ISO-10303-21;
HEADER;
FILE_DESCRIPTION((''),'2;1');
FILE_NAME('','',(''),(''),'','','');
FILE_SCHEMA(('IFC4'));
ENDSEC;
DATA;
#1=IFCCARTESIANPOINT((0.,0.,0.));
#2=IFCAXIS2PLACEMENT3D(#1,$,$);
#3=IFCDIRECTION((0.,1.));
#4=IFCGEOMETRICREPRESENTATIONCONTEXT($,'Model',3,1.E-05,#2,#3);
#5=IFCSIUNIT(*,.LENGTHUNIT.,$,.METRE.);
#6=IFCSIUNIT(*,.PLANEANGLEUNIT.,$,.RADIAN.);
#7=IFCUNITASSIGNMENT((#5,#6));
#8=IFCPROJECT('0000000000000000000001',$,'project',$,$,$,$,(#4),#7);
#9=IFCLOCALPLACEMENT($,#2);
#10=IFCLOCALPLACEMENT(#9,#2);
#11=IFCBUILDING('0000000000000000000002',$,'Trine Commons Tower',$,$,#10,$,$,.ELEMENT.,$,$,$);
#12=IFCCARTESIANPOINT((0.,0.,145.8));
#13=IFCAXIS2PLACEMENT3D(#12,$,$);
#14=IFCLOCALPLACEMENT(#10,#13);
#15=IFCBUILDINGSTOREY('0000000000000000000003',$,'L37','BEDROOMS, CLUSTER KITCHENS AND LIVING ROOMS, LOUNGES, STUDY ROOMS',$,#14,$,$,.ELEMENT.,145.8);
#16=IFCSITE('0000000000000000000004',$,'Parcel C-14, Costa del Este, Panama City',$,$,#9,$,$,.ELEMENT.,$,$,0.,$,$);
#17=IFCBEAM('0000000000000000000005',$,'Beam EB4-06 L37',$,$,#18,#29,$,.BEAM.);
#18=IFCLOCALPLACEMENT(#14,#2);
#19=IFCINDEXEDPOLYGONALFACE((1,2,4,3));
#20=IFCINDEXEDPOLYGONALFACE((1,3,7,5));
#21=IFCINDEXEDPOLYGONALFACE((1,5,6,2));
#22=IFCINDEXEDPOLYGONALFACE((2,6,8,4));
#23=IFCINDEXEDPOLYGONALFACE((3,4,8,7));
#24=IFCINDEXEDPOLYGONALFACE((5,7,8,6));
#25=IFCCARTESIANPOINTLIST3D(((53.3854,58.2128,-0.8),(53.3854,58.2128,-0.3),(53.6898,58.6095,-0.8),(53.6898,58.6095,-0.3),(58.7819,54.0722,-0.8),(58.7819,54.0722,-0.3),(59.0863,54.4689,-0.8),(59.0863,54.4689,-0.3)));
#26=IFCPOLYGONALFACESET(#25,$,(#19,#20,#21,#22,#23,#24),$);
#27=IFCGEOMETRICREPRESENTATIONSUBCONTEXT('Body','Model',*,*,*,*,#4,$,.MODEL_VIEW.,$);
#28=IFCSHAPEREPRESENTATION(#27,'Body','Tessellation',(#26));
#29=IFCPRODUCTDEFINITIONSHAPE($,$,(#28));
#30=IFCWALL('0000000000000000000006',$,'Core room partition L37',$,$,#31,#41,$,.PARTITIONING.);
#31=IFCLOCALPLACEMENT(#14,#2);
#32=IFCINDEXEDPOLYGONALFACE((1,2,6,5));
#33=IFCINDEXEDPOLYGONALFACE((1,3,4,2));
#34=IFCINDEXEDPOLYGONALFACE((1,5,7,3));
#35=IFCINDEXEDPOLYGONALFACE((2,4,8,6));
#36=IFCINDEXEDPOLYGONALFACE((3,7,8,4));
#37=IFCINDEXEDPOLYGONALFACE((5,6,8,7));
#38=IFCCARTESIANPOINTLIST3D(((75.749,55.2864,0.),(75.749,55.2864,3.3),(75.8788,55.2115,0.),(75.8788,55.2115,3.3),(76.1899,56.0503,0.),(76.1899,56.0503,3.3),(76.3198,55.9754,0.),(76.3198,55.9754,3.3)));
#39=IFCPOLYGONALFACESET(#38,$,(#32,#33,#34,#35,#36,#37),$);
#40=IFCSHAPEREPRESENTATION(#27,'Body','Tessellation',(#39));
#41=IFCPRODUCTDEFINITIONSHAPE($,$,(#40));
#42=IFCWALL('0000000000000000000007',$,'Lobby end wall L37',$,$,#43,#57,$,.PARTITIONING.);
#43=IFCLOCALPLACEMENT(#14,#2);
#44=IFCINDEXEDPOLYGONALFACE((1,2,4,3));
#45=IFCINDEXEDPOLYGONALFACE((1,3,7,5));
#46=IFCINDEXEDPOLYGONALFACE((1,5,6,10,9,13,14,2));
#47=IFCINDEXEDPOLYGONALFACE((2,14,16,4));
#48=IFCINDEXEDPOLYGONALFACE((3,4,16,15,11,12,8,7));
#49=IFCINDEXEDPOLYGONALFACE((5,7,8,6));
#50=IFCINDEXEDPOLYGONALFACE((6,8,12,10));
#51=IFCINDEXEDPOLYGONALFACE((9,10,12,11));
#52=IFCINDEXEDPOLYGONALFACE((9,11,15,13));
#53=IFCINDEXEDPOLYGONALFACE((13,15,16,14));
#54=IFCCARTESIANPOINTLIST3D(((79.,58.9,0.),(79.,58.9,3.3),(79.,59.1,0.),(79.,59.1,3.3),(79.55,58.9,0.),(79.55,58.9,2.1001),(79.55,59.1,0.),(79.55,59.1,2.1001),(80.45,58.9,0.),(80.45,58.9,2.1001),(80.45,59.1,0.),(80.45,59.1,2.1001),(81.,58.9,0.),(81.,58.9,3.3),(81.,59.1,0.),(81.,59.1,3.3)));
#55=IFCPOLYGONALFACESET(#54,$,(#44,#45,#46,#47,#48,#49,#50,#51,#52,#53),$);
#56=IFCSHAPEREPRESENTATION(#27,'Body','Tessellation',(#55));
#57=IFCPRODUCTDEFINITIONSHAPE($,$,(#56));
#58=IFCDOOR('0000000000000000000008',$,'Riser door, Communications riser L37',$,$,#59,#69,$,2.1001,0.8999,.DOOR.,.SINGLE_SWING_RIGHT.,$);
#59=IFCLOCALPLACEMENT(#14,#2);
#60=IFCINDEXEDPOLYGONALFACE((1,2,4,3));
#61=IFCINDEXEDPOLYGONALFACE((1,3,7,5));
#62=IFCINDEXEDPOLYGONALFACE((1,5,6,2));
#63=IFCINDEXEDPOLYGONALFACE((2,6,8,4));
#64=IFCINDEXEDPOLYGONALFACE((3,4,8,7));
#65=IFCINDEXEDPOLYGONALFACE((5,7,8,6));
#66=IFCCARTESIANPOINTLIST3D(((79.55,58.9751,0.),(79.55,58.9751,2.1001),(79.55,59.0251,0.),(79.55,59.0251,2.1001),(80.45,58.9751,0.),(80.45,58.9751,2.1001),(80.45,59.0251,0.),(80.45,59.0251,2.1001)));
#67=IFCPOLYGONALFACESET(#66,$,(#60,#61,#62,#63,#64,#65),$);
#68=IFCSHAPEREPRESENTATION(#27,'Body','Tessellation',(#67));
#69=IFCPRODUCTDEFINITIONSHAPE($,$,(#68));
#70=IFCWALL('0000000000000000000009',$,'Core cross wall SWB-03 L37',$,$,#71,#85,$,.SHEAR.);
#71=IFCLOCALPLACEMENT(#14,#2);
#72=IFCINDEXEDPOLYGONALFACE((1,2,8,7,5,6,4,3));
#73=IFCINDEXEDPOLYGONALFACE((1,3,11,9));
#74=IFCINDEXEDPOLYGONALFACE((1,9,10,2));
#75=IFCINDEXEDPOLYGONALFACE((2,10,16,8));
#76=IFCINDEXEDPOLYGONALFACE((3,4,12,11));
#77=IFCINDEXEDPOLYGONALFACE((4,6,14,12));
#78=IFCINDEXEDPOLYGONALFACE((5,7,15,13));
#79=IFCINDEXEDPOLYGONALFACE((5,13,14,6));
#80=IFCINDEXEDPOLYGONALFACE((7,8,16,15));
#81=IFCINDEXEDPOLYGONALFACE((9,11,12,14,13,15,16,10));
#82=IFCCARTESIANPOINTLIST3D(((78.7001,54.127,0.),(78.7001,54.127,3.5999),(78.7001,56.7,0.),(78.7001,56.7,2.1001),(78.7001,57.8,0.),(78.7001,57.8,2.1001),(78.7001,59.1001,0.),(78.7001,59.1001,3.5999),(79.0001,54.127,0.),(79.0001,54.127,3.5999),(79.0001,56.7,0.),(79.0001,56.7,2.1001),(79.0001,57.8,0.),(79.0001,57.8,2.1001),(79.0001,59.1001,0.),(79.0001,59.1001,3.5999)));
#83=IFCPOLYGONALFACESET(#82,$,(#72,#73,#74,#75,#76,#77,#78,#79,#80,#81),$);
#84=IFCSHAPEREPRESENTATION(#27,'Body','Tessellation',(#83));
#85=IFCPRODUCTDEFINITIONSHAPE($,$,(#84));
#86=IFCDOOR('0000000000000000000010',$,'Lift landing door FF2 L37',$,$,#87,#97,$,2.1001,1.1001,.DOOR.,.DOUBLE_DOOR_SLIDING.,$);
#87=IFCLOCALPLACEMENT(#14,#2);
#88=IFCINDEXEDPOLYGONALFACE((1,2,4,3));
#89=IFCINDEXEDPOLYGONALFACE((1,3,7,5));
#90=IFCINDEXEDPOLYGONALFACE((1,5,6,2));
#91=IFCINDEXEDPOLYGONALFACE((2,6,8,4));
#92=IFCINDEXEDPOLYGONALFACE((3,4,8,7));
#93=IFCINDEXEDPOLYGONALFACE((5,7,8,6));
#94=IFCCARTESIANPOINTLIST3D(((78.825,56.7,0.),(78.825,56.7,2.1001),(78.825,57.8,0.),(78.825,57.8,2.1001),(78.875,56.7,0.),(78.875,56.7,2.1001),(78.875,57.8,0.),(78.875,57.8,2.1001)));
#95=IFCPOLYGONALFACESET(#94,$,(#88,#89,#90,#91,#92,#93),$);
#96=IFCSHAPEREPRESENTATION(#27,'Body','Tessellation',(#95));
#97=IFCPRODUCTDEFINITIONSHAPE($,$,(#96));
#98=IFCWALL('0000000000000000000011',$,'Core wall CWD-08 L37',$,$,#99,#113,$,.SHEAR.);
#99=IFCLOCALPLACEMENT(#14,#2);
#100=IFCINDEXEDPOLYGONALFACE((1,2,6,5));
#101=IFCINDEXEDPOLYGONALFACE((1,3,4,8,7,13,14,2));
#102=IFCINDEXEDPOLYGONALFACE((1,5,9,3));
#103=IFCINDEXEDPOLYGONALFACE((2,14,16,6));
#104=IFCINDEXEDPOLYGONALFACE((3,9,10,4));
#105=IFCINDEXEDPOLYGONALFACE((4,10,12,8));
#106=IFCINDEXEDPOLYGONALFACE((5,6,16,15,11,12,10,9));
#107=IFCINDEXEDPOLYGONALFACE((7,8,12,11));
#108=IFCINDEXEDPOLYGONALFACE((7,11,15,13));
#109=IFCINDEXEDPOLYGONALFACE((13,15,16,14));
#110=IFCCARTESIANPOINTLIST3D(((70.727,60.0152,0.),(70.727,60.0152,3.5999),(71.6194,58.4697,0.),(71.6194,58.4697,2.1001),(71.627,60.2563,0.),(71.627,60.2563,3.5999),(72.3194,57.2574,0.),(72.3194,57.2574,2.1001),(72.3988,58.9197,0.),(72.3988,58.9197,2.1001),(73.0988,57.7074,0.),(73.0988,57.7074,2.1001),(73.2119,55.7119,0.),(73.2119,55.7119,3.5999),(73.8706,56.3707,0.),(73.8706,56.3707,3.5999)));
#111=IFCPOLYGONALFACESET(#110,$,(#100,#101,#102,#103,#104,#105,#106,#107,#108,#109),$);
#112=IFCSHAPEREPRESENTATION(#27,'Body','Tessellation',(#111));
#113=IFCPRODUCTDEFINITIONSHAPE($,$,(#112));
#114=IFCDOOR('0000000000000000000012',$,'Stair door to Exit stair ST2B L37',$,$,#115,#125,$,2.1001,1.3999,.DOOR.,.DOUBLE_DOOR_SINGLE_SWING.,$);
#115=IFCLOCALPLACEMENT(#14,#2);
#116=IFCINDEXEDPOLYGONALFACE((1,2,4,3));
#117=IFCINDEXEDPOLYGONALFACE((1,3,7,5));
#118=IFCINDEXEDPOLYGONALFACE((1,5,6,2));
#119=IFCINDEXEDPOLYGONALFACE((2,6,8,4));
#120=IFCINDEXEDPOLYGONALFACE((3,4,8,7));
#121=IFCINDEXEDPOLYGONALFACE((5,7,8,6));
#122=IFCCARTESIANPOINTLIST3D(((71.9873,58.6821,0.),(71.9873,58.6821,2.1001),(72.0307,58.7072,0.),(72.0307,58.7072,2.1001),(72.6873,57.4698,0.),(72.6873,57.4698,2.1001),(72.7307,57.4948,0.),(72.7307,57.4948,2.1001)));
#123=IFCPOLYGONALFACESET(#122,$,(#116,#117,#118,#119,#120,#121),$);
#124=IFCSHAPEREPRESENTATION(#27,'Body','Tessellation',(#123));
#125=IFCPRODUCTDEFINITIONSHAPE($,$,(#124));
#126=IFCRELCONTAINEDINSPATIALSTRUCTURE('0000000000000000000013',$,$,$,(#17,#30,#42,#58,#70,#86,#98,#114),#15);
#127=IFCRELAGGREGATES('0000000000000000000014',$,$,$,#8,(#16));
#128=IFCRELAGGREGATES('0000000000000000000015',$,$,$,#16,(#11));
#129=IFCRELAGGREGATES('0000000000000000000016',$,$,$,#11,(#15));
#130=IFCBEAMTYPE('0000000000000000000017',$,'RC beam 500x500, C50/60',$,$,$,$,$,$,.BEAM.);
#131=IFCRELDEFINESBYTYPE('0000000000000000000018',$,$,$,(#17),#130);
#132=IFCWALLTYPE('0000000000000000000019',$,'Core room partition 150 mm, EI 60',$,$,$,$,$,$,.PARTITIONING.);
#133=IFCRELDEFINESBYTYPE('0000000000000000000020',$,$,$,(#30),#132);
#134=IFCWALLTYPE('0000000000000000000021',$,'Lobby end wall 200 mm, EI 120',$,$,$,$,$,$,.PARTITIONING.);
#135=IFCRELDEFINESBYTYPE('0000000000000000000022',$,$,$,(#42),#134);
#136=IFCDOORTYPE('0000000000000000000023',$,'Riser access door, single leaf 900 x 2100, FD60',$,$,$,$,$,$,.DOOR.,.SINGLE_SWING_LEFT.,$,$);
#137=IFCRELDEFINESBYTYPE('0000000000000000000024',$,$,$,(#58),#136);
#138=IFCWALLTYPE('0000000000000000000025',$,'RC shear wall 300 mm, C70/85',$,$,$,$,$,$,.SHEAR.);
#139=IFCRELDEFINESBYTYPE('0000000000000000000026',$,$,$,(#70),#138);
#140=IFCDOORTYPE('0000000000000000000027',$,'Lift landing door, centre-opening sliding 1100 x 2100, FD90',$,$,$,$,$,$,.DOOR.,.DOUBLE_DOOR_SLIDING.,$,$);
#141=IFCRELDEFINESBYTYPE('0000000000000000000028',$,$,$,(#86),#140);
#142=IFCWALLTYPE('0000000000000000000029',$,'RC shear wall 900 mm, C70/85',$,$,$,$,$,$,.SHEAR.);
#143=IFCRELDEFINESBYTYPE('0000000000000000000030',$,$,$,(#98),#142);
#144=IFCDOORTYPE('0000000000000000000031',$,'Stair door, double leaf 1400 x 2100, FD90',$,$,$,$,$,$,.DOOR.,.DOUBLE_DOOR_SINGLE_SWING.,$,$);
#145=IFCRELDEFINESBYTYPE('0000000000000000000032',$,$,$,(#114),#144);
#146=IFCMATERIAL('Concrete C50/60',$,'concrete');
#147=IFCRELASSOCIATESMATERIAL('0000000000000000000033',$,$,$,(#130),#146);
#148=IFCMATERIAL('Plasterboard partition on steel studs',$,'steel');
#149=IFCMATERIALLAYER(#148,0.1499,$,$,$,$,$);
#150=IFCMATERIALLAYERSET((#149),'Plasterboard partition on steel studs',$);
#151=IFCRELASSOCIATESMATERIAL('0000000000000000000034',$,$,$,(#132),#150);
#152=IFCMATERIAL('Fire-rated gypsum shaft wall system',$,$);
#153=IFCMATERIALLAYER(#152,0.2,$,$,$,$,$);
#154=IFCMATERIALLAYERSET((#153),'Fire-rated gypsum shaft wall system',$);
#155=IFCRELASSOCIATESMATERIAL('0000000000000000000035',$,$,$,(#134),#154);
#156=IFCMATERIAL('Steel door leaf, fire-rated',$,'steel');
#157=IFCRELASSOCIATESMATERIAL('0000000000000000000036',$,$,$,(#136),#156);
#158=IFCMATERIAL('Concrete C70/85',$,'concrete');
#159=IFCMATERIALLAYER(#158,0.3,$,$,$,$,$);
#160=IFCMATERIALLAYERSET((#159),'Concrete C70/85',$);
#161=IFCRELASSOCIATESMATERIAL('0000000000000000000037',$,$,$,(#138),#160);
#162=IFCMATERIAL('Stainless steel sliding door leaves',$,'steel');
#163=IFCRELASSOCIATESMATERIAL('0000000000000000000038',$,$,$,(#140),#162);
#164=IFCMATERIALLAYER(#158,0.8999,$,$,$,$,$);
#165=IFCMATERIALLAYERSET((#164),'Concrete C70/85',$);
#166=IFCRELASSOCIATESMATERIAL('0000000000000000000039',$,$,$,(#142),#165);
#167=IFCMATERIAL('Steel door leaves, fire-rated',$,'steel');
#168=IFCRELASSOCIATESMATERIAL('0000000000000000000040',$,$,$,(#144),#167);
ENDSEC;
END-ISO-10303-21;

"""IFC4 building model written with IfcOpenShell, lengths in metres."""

from ifc_helpers import new_model, si_unit, direction, frame, frame_2d, origin, origin_2d, place, context, subcontext, project, spatial, polyline, rectangle, outline, extrude, material, layer, layer_set, material_profile, profile_set, type_object, element, fill, save


model = new_model("IFC4")

# Units and contexts
model_context = context("Model", 3, precision=1e-05, world=origin(), true_north=direction((0.0, 1.0)))
body_context = subcontext(model_context, "Body", "Model", "MODEL_VIEW")
ifc_project = project(units=[si_unit("LENGTHUNIT", "METRE"), si_unit("PLANEANGLEUNIT", "RADIAN")], contexts=[model_context])

# Site, building, storey
site_placement = place(None, origin())
site = spatial("IfcSite", under=ifc_project, at=site_placement, Name="Parcel C-14, Costa del Este, Panama City", CompositionType="ELEMENT", RefElevation=0.0)
building_placement = place(site_placement, origin())
building = spatial("IfcBuilding", under=site, at=building_placement, Name="Trine Commons Tower", CompositionType="ELEMENT")
storey_placement = place(building_placement, frame((0.0, 0.0, 145.8)))
storey = spatial("IfcBuildingStorey", under=building, at=storey_placement, Name="L37", Description="BEDROOMS, CLUSTER KITCHENS AND LIVING ROOMS, LOUNGES, STUDY ROOMS", CompositionType="ELEMENT", Elevation=145.8)

# Beam
ifc_material_1 = material(Name="Concrete C50/60", Category="concrete")
ifc_material_profile = material_profile(ifc_material_1, rectangle(XDim=0.5, YDim=0.5, at=origin_2d()), Name="RC 500x500")
ifc_profile_set = profile_set([ifc_material_profile], Name="Concrete C50/60")
beam_type = type_object("IfcBeamType", Name="RC beam 500x500, C50/60", PredefinedType="BEAM", material=ifc_profile_set)
beam_placement = place(storey_placement, frame((58.9341, 54.2705, -0.55), z_axis=(-0.793371, 0.608739, 0.0), x_axis=(-0.608739, -0.793371, 0.0)))
element("IfcBeam", 1, at=beam_placement, inside=storey, type_object=beam_type, Name="Beam EB4-06 L37", PredefinedType="BEAM", context=body_context, shape_type="SweptSolid", body=[
    extrude(rectangle(XDim=0.5, YDim=0.5, at=origin_2d()), origin(), (0.0, 0.0, 1.0), 6.802),
])

# Wall
ifc_material_2 = material(Name="Plasterboard partition on steel studs", Category="steel")
ifc_layer_1 = layer(ifc_material_2, 0.1499)
ifc_layer_set_1 = layer_set([ifc_layer_1], Name="Plasterboard partition on steel studs")
wall_type_1 = type_object("IfcWallType", Name="Core room partition 150 mm, EI 60", PredefinedType="PARTITIONING", material=ifc_layer_set_1)
wall_1_placement = place(storey_placement, frame((75.814, 55.249, 0.0), z_axis=(0.0, 0.0, 1.0), x_axis=(0.49989, 0.866089, 0.0)))
element("IfcWall", 2, at=wall_1_placement, inside=storey, type_object=wall_type_1, Name="Core room partition L37", PredefinedType="PARTITIONING", context=body_context, shape_type="SweptSolid", body=[
    extrude(rectangle(XDim=0.8821, YDim=0.1499, at=frame_2d((0.4409, 0.0))), origin(), (0.0, 0.0, 1.0), 3.3),
])

# Walls, openings, doors
ifc_material_3 = material(Name="Fire-rated gypsum shaft wall system")
ifc_layer_2 = layer(ifc_material_3, 0.2)
ifc_layer_set_2 = layer_set([ifc_layer_2], Name="Fire-rated gypsum shaft wall system")
wall_type_2 = type_object("IfcWallType", Name="Lobby end wall 200 mm, EI 120", PredefinedType="PARTITIONING", material=ifc_layer_set_2)
wall_2_placement = place(storey_placement, frame((79.0, 59.0, 0.0), z_axis=(0.0, 0.0, 1.0), x_axis=(1.0, 0.0, 0.0)))
wall_2 = element("IfcWall", 3, at=wall_2_placement, inside=storey, type_object=wall_type_2, Name="Lobby end wall L37", PredefinedType="PARTITIONING", context=body_context, shape_type="SweptSolid", body=[
    extrude(rectangle(XDim=2.0, YDim=0.2, at=frame_2d((1.0, 0.0))), origin(), (0.0, 0.0, 1.0), 3.3),
])
opening_1_placement = place(wall_2_placement, frame((0.55, 0.0, 0.0)))
opening_1 = element("IfcOpeningElement", 4, at=opening_1_placement, cuts=wall_2, PredefinedType="OPENING", context=body_context, shape_type="SweptSolid", body=[
    extrude(rectangle(XDim=0.8999, YDim=2.1001, at=frame_2d((0.45, 1.05))), frame((0.0, 0.1099, 0.0), z_axis=(0.0, -1.0, 0.0), x_axis=(1.0, 0.0, 0.0)), (0.0, 0.0, 1.0), 0.22),
])
ifc_material_4 = material(Name="Steel door leaf, fire-rated", Category="steel")
door_type_1 = type_object("IfcDoorType", Name="Riser access door, single leaf 900 x 2100, FD60", OperationType="SINGLE_SWING_LEFT", PredefinedType="DOOR", material=ifc_material_4)
door_1_placement = place(opening_1_placement, frame((0.8999, 0.0, 0.0), z_axis=(0.0, 0.0, 1.0), x_axis=(-1.0, 0.0, 0.0)))
door_1 = element("IfcDoor", 5, at=door_1_placement, inside=storey, type_object=door_type_1, Name="Riser door, Communications riser L37", OperationType="SINGLE_SWING_RIGHT", OverallHeight=2.1001, OverallWidth=0.8999, PredefinedType="DOOR", context=body_context, shape_type="SweptSolid", body=[
    extrude(rectangle(XDim=0.8999, YDim=2.1001, at=frame_2d((0.45, 1.05))), frame((0.0, 0.0249, 0.0), z_axis=(0.0, -1.0, 0.0), x_axis=(1.0, 0.0, 0.0)), (0.0, 0.0, 1.0), 0.05),
])
fill(opening_1, door_1)
ifc_material_5 = material(Name="Concrete C70/85", Category="concrete")
ifc_layer_3 = layer(ifc_material_5, 0.3)
ifc_layer_set_3 = layer_set([ifc_layer_3], Name="Concrete C70/85")
wall_type_3 = type_object("IfcWallType", Name="RC shear wall 300 mm, C70/85", PredefinedType="SHEAR", material=ifc_layer_set_3)
wall_3_placement = place(storey_placement, frame((78.8501, 59.1001, 0.0), z_axis=(0.0, 0.0, 1.0), x_axis=(0.0, -1.0, 0.0)))
wall_3 = element("IfcWall", 6, at=wall_3_placement, inside=storey, type_object=wall_type_3, Name="Core cross wall SWB-03 L37", PredefinedType="SHEAR", context=body_context, shape_type="SweptSolid", body=[
    extrude(rectangle(XDim=4.9731, YDim=0.3, at=frame_2d((2.4866, 0.0))), origin(), (0.0, 0.0, 1.0), 3.5999),
])
opening_2_placement = place(wall_3_placement, frame((1.3, 0.0, 0.0)))
opening_2 = element("IfcOpeningElement", 7, at=opening_2_placement, cuts=wall_3, PredefinedType="OPENING", context=body_context, shape_type="SweptSolid", body=[
    extrude(rectangle(XDim=1.1001, YDim=2.1001, at=frame_2d((0.55, 1.05))), frame((0.0, 0.1599, 0.0), z_axis=(0.0, -1.0, 0.0), x_axis=(1.0, 0.0, 0.0)), (0.0, 0.0, 1.0), 0.3201),
])
ifc_material_6 = material(Name="Stainless steel sliding door leaves", Category="steel")
door_type_2 = type_object("IfcDoorType", Name="Lift landing door, centre-opening sliding 1100 x 2100, FD90", OperationType="DOUBLE_DOOR_SLIDING", PredefinedType="DOOR", material=ifc_material_6)
door_2_placement = place(opening_2_placement, origin())
door_2 = element("IfcDoor", 8, at=door_2_placement, inside=storey, type_object=door_type_2, Name="Lift landing door FF2 L37", OperationType="DOUBLE_DOOR_SLIDING", OverallHeight=2.1001, OverallWidth=1.1001, PredefinedType="DOOR", context=body_context, shape_type="SweptSolid", body=[
    extrude(rectangle(XDim=1.1001, YDim=2.1001, at=frame_2d((0.55, 1.05))), frame((0.0, 0.0249, 0.0), z_axis=(0.0, -1.0, 0.0), x_axis=(1.0, 0.0, 0.0)), (0.0, 0.0, 1.0), 0.05),
])
fill(opening_2, door_2)
ifc_layer_4 = layer(ifc_material_5, 0.8999)
ifc_layer_set_4 = layer_set([ifc_layer_4], Name="Concrete C70/85")
wall_type_4 = type_object("IfcWallType", Name="RC shear wall 900 mm, C70/85", PredefinedType="SHEAR", material=ifc_layer_set_4)
wall_4_placement = place(storey_placement, frame((71.1167, 60.2402, 0.0), z_axis=(0.0, 0.0, 1.0), x_axis=(0.500039, -0.866003, 0.0)))
wall_4 = element("IfcWall", 9, at=wall_4_placement, inside=storey, type_object=wall_type_4, Name="Core wall CWD-08 L37", PredefinedType="SHEAR", context=body_context, shape_type="SweptSolid", body=[
    extrude(outline(polyline([(0.0, -0.45), (4.9692, -0.45), (4.728, 0.45), (0.2412, 0.45), (0.0, -0.45)])), origin(), (0.0, 0.0, 1.0), 3.5999),
])
opening_3_placement = place(wall_4_placement, frame((1.7847, 0.0, 0.0)))
opening_3 = element("IfcOpeningElement", 10, at=opening_3_placement, cuts=wall_4, PredefinedType="OPENING", context=body_context, shape_type="SweptSolid", body=[
    extrude(rectangle(XDim=1.3999, YDim=2.1001, at=frame_2d((0.7, 1.05))), frame((0.0, 0.46, 0.0), z_axis=(0.0, -1.0, 0.0), x_axis=(1.0, 0.0, 0.0)), (0.0, 0.0, 1.0), 0.9199),
])
ifc_material_7 = material(Name="Steel door leaves, fire-rated", Category="steel")
door_type_3 = type_object("IfcDoorType", Name="Stair door, double leaf 1400 x 2100, FD90", OperationType="DOUBLE_DOOR_SINGLE_SWING", PredefinedType="DOOR", material=ifc_material_7)
door_3_placement = place(opening_3_placement, origin())
door_3 = element("IfcDoor", 11, at=door_3_placement, inside=storey, type_object=door_type_3, Name="Stair door to Exit stair ST2B L37", OperationType="DOUBLE_DOOR_SINGLE_SWING", OverallHeight=2.1001, OverallWidth=1.3999, PredefinedType="DOOR", context=body_context, shape_type="SweptSolid", body=[
    extrude(rectangle(XDim=1.3999, YDim=2.1001, at=frame_2d((0.7, 1.05))), frame((0.0, 0.0249, 0.0), z_axis=(0.0, -1.0, 0.0), x_axis=(1.0, 0.0, 0.0)), (0.0, 0.0, 1.0), 0.05),
])
fill(opening_3, door_3)

save(model, "model.ifc")
